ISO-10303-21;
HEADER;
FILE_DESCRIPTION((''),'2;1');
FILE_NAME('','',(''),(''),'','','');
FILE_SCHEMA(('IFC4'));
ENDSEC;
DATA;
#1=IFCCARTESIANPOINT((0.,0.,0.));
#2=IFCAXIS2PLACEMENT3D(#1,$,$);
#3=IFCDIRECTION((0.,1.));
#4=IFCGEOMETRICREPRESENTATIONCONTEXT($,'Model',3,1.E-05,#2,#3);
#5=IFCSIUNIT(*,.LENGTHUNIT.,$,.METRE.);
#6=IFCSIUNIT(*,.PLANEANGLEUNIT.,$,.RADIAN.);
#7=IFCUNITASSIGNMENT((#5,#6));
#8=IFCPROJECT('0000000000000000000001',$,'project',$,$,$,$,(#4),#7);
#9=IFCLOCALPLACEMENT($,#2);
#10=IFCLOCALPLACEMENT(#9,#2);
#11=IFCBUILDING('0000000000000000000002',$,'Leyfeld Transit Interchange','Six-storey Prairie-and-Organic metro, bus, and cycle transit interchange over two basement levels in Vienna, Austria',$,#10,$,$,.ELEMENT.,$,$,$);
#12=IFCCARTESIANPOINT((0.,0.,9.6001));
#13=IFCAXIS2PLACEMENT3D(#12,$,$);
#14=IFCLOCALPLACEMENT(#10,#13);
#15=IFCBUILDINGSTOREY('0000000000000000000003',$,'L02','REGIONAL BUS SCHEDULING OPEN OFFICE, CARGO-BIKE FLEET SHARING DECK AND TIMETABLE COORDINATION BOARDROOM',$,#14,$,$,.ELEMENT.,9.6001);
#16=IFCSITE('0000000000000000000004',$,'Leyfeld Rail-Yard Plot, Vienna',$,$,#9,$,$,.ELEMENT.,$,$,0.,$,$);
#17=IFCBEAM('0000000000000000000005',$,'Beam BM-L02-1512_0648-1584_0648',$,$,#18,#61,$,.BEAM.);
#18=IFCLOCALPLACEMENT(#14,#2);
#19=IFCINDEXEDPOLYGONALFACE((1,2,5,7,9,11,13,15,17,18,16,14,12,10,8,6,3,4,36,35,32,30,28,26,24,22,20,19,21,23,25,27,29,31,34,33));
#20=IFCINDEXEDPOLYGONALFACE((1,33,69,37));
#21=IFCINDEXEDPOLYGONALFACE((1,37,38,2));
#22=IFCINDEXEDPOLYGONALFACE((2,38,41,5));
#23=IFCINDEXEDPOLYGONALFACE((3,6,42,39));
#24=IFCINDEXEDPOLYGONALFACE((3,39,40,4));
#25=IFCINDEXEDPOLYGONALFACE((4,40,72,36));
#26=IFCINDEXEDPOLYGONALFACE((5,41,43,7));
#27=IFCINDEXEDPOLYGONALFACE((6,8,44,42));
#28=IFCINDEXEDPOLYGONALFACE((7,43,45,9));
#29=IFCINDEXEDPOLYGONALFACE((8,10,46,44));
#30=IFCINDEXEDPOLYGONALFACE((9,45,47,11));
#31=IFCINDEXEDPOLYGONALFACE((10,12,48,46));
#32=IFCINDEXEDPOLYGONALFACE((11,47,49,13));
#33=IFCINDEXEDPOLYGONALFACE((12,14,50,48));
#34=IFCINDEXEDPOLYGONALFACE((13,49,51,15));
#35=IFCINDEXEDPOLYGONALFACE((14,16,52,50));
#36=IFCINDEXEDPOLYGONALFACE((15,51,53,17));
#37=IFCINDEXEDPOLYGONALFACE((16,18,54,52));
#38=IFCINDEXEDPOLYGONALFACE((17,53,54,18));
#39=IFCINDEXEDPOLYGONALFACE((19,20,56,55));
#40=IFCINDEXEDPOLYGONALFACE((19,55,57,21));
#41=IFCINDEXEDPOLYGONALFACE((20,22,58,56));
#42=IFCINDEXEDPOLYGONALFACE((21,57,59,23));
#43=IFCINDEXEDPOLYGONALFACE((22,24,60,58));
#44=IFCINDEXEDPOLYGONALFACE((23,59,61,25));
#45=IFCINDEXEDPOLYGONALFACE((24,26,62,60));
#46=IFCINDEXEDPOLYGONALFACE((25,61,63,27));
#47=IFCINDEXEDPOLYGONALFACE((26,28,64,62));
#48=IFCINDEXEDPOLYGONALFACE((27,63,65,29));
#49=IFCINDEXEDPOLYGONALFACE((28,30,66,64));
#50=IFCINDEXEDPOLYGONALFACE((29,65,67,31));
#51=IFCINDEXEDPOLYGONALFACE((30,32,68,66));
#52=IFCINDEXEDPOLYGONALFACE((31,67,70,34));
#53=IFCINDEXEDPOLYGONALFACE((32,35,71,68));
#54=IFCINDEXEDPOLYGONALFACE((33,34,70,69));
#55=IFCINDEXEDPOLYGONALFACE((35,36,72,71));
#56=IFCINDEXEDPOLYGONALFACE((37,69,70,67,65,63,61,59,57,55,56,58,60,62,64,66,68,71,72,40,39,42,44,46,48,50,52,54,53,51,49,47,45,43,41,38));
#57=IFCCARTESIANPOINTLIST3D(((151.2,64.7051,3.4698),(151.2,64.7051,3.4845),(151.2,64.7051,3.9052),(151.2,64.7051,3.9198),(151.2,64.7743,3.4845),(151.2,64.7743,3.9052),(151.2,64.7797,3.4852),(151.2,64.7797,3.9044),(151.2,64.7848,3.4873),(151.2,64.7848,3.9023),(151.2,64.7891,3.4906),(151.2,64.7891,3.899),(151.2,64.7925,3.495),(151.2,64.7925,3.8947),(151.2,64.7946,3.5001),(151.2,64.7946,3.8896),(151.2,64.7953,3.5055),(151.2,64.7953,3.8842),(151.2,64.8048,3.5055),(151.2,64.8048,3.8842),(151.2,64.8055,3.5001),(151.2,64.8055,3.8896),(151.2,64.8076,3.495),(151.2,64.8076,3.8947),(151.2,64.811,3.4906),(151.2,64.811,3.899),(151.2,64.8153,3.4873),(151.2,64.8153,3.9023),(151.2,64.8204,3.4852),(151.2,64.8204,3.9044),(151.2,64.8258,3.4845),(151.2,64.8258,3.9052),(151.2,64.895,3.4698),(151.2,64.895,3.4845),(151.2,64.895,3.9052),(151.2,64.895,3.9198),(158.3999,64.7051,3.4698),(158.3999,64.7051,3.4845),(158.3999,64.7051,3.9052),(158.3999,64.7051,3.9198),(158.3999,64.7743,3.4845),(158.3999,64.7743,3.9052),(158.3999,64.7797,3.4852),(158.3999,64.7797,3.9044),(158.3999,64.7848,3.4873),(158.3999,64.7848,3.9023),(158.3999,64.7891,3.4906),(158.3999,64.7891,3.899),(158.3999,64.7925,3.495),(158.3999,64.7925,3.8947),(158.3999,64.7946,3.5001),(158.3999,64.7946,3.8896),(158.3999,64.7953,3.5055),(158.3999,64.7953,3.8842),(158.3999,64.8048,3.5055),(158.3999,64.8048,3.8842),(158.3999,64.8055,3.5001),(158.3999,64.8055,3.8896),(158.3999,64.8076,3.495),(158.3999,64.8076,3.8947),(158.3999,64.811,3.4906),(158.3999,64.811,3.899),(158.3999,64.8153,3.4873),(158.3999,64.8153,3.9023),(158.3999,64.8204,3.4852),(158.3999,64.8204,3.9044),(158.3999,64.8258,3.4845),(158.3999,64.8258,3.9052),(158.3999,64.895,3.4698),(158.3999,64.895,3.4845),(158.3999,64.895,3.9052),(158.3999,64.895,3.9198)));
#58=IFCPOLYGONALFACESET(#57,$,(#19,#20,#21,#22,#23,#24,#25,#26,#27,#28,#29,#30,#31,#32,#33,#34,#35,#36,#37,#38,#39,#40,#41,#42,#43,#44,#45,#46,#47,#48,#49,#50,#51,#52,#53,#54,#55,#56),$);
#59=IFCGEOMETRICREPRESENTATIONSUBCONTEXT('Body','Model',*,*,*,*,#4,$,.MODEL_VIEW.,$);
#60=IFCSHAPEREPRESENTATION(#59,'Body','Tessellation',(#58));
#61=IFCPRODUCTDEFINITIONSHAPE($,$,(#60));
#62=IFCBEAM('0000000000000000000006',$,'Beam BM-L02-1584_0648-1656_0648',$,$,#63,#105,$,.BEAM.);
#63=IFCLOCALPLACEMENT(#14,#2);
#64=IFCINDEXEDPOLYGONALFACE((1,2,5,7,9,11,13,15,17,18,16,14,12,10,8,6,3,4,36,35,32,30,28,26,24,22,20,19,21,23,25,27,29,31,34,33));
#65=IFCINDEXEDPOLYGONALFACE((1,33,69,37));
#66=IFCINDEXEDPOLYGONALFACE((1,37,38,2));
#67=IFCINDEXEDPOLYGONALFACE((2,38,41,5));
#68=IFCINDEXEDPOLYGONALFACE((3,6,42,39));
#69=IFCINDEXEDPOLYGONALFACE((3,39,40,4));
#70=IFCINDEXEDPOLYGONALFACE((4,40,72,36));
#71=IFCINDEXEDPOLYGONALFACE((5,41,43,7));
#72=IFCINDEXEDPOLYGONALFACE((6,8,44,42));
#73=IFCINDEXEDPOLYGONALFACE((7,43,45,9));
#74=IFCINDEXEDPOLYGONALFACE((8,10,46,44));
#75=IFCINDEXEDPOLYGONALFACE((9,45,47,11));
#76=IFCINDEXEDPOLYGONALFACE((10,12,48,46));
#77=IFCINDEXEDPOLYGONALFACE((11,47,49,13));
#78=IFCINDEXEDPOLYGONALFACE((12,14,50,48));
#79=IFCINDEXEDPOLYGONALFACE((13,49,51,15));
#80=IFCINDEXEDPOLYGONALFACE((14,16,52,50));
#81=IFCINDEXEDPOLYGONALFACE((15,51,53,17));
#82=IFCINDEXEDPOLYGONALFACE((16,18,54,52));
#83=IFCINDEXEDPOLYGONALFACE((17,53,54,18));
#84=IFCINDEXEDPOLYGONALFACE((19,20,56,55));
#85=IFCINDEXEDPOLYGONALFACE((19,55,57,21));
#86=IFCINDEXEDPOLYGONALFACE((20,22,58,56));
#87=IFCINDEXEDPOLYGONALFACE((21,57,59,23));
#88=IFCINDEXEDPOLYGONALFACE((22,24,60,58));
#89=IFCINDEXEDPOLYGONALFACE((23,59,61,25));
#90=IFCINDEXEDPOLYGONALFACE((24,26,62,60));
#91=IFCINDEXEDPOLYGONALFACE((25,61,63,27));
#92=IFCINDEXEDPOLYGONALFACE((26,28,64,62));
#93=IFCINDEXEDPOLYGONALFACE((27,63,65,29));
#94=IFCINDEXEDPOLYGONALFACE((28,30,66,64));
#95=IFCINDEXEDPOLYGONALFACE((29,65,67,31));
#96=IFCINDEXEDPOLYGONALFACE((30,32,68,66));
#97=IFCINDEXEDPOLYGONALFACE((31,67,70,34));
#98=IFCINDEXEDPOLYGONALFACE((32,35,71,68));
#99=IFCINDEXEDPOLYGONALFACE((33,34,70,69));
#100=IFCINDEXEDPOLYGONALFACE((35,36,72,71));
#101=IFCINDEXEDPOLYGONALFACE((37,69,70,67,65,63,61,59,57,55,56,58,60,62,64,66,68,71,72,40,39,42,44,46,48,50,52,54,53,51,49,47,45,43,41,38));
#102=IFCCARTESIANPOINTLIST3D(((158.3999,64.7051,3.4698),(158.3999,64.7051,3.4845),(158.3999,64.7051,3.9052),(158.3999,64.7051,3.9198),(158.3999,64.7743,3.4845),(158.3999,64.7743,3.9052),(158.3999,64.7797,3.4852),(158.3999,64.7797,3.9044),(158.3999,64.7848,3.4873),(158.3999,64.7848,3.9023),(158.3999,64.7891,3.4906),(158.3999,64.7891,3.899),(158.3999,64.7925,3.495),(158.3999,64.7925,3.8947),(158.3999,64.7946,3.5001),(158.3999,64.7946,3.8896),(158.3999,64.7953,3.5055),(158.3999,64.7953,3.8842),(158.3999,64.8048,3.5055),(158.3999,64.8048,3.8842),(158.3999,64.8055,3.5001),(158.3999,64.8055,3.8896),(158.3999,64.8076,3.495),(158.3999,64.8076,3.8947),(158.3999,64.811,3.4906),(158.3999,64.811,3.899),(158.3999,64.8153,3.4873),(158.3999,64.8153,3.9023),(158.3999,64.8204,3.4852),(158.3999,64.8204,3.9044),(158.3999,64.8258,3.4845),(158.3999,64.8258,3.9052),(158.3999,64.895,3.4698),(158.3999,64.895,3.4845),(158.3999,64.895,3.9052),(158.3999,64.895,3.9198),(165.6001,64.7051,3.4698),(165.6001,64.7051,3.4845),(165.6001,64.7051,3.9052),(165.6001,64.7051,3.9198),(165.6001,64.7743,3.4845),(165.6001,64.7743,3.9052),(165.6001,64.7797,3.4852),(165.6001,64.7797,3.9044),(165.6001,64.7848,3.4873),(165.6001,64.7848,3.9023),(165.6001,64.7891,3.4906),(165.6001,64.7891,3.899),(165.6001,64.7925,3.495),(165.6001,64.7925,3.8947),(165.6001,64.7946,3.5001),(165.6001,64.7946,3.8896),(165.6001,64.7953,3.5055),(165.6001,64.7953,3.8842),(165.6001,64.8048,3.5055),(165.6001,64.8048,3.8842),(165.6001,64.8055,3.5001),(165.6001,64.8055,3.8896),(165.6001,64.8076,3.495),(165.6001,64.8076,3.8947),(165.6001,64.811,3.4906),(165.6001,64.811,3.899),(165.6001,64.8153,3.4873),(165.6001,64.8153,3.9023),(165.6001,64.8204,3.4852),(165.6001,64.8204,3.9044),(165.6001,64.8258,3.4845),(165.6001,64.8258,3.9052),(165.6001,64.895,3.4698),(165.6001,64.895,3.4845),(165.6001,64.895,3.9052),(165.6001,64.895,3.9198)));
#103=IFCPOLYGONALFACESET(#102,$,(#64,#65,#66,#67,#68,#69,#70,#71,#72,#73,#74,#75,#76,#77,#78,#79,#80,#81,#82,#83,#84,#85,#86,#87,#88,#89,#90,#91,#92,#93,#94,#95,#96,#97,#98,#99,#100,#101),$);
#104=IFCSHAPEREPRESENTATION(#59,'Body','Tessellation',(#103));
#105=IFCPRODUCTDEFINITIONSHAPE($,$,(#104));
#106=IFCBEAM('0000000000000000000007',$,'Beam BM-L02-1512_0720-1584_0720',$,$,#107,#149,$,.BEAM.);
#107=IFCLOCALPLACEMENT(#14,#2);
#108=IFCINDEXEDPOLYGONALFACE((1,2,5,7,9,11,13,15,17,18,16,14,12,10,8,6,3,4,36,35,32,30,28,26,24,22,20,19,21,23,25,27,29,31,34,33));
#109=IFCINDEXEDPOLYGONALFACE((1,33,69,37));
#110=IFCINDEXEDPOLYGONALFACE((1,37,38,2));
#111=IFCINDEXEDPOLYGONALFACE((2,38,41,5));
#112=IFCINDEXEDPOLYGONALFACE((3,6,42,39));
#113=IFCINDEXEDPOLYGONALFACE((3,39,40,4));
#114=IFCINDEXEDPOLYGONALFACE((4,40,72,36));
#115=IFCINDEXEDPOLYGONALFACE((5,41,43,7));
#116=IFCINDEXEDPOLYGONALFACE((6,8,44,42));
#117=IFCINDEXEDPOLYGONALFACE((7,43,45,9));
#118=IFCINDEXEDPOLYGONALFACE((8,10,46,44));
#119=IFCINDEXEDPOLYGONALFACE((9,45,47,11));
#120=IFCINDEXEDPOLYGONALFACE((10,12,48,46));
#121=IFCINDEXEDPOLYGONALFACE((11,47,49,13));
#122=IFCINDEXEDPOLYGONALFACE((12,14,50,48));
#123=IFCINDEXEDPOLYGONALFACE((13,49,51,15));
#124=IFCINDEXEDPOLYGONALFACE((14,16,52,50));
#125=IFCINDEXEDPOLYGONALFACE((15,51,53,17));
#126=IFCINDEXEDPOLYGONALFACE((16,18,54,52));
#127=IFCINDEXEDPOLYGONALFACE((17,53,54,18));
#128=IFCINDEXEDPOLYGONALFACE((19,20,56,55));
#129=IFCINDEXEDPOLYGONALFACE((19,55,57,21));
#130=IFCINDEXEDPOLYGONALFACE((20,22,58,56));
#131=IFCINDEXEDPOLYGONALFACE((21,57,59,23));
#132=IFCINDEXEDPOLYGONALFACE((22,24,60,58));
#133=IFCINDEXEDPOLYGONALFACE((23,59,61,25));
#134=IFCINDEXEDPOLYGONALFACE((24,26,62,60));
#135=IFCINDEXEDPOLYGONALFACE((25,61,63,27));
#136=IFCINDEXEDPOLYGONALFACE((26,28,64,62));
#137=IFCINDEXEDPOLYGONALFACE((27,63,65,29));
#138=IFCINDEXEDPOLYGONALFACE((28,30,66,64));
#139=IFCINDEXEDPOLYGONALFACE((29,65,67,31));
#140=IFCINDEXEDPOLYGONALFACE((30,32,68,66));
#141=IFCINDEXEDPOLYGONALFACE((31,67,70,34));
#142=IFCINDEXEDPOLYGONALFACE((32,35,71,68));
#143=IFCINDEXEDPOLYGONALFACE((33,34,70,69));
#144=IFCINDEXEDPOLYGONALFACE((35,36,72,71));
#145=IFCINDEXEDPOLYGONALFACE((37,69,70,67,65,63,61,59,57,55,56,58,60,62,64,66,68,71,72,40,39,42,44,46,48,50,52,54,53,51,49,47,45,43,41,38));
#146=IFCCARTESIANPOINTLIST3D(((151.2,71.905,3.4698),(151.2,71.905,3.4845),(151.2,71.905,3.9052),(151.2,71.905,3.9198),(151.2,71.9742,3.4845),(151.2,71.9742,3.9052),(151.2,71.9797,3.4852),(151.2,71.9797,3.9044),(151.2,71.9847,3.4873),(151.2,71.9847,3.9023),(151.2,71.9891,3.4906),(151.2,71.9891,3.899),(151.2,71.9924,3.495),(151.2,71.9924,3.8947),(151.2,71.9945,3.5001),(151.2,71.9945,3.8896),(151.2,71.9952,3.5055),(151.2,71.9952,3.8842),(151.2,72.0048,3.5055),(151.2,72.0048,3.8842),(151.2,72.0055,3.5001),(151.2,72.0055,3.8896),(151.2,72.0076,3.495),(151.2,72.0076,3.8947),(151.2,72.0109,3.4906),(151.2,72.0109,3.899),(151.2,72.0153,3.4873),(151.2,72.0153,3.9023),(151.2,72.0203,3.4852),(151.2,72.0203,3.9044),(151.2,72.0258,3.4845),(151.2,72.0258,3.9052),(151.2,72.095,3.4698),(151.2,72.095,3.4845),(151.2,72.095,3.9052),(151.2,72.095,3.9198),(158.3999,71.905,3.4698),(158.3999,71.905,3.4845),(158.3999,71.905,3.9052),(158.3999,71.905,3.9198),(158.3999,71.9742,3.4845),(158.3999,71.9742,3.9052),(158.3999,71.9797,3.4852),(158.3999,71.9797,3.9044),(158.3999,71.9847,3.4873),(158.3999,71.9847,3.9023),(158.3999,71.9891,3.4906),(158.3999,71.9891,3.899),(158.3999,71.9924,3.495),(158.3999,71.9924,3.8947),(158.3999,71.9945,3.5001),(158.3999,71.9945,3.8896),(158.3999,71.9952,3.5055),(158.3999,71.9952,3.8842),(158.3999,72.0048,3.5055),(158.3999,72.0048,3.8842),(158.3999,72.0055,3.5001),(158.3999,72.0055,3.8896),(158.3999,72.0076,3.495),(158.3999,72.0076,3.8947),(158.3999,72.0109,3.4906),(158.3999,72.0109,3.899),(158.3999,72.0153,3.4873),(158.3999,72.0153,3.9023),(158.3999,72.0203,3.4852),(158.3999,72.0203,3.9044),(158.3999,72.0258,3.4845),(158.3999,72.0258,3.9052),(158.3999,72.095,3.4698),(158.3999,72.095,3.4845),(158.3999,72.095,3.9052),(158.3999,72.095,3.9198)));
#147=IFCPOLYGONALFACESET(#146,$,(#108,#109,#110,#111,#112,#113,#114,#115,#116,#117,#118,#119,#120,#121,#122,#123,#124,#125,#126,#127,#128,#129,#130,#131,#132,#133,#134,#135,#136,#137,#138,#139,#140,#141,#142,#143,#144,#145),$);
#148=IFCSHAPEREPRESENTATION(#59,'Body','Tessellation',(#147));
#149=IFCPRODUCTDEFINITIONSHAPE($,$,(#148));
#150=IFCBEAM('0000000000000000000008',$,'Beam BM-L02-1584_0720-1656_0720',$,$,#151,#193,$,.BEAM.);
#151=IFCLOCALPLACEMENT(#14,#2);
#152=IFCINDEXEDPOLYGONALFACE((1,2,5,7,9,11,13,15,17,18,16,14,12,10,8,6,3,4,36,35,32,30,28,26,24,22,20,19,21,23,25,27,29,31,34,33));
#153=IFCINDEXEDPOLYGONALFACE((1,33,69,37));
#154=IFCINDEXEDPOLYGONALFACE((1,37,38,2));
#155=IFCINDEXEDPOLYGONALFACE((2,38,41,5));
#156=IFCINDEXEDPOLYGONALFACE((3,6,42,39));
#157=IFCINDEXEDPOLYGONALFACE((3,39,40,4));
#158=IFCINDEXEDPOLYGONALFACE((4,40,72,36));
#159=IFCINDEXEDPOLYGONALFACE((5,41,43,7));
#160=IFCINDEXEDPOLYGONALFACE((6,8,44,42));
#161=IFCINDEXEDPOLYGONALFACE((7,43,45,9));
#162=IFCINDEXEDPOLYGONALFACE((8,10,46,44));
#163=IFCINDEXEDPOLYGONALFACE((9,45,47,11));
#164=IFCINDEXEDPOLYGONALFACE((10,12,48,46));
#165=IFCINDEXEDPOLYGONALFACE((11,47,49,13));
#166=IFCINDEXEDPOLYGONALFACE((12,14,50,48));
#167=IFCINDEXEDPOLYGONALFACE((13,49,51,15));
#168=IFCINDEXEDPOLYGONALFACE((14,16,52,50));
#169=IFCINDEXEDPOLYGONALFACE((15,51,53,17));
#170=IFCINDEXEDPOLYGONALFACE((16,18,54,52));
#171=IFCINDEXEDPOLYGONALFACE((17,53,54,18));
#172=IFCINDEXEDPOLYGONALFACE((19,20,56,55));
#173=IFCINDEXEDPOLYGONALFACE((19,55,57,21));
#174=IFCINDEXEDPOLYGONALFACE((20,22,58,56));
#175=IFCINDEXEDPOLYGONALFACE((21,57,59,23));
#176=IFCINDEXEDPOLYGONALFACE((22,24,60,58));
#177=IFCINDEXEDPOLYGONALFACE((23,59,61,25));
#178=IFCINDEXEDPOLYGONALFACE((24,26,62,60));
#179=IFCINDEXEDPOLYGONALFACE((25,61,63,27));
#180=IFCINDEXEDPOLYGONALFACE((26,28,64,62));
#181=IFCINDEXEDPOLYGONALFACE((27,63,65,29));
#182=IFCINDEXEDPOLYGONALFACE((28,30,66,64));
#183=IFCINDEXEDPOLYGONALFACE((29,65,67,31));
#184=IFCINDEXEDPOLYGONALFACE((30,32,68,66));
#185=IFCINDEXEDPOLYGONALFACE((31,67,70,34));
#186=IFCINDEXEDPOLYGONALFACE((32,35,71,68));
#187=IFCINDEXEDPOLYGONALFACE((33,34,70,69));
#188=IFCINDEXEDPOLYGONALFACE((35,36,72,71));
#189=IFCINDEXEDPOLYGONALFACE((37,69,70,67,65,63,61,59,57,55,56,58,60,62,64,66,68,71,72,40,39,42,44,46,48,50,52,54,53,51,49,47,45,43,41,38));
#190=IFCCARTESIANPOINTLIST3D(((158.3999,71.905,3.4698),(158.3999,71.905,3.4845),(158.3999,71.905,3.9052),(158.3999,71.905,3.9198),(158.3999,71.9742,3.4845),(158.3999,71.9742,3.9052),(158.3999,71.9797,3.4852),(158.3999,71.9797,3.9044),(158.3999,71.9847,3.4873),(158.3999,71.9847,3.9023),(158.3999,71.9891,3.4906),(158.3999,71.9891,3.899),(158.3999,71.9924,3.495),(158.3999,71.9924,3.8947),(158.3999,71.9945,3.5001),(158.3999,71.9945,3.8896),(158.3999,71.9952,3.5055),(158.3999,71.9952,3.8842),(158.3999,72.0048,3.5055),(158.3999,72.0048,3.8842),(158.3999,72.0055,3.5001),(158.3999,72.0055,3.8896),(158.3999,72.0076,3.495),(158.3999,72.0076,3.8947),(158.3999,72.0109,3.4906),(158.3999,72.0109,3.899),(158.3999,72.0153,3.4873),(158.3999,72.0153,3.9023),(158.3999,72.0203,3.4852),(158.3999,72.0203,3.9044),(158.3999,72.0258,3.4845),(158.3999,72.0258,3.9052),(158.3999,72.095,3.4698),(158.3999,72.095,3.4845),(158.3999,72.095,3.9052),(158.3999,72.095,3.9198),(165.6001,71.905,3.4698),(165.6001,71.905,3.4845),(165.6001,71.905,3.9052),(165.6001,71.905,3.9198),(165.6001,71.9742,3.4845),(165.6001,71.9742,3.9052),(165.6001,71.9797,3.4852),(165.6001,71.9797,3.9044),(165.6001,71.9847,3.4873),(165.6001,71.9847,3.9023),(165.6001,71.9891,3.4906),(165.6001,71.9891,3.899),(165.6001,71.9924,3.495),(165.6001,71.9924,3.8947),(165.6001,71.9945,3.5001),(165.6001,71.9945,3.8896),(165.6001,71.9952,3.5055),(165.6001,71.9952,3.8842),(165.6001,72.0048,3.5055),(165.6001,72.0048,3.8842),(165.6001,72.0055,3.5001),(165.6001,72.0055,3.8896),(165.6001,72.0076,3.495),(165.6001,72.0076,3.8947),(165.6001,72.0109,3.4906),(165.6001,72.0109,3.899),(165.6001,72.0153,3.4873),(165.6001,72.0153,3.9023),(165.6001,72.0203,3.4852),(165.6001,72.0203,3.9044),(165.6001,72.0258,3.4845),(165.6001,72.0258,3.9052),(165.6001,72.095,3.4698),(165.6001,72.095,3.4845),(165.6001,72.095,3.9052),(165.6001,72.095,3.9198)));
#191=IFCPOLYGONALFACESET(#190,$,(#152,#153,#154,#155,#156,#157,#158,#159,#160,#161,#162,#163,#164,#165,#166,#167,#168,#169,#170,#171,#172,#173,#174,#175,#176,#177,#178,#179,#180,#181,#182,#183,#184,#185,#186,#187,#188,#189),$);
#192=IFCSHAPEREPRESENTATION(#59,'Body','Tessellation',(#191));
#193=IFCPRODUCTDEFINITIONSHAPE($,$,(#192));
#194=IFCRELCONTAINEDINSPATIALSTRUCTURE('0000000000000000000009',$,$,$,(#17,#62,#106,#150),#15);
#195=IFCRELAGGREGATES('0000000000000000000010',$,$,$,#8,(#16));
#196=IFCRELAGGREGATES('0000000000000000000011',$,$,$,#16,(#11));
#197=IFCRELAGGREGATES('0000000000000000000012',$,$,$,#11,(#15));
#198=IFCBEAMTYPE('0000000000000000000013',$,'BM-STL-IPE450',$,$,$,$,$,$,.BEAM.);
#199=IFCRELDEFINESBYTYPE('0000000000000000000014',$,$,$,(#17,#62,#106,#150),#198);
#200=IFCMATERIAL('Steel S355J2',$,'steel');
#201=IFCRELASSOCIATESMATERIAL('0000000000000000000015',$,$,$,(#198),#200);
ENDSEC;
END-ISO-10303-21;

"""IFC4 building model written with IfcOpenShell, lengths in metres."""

from ifc_helpers import new_model, si_unit, direction, frame, origin, origin_2d, place, context, subcontext, project, spatial, i_section, extrude, material, material_profile, profile_set, type_object, element, save


model = new_model("IFC4")

# Units and contexts
model_context = context("Model", 3, precision=1e-05, world=origin(), true_north=direction((0.0, 1.0)))
body_context = subcontext(model_context, "Body", "Model", "MODEL_VIEW")
ifc_project = project(units=[si_unit("LENGTHUNIT", "METRE"), si_unit("PLANEANGLEUNIT", "RADIAN")], contexts=[model_context])

# Site, building, storey
site_placement = place(None, origin())
site = spatial("IfcSite", under=ifc_project, at=site_placement, Name="Leyfeld Rail-Yard Plot, Vienna", CompositionType="ELEMENT", RefElevation=0.0)
building_placement = place(site_placement, origin())
building = spatial("IfcBuilding", under=site, at=building_placement, Name="Leyfeld Transit Interchange", Description="Six-storey Prairie-and-Organic metro, bus, and cycle transit interchange over two basement levels in Vienna, Austria", CompositionType="ELEMENT")
storey_placement = place(building_placement, frame((0.0, 0.0, 9.6001)))
storey = spatial("IfcBuildingStorey", under=building, at=storey_placement, Name="L02", Description="REGIONAL BUS SCHEDULING OPEN OFFICE, CARGO-BIKE FLEET SHARING DECK AND TIMETABLE COORDINATION BOARDROOM", CompositionType="ELEMENT", Elevation=9.6001)

# Beams
ifc_material_1 = material(Name="Steel S355J2", Category="steel")
ifc_material_profile_1 = material_profile(ifc_material_1, i_section(OverallWidth=0.1899, OverallDepth=0.45, WebThickness=0.0095, FlangeThickness=0.0146, FilletRadius=0.021, at=origin_2d()), Name="IPE 450")
ifc_profile_set_1 = profile_set([ifc_material_profile_1], Name="Steel S355J2")
beam_type_1 = type_object("IfcBeamType", Name="BM-STL-IPE450", PredefinedType="BEAM", material=ifc_profile_set_1)
beam_1_placement = place(storey_placement, frame((151.2, 64.8, 3.6948), z_axis=(1.0, 0.0, 0.0), x_axis=(0.0, 1.0, 0.0)))
element("IfcBeam", 1, at=beam_1_placement, inside=storey, type_object=beam_type_1, Name="Beam BM-L02-1512_0648-1584_0648", PredefinedType="BEAM", context=body_context, shape_type="SweptSolid", body=[
    extrude(i_section(OverallWidth=0.1899, OverallDepth=0.45, WebThickness=0.0095, FlangeThickness=0.0146, FilletRadius=0.021, at=origin_2d()), origin(), (0.0, 0.0, 1.0), 7.2),
])
beam_2_placement = place(storey_placement, frame((158.3999, 64.8, 3.6948), z_axis=(1.0, 0.0, 0.0), x_axis=(0.0, 1.0, 0.0)))
element("IfcBeam", 2, at=beam_2_placement, inside=storey, type_object=beam_type_1, Name="Beam BM-L02-1584_0648-1656_0648", PredefinedType="BEAM", context=body_context, shape_type="SweptSolid", body=[
    extrude(i_section(OverallWidth=0.1899, OverallDepth=0.45, WebThickness=0.0095, FlangeThickness=0.0146, FilletRadius=0.021, at=origin_2d()), origin(), (0.0, 0.0, 1.0), 7.2002),
])
beam_3_placement = place(storey_placement, frame((151.2, 72.0, 3.6948), z_axis=(1.0, 0.0, 0.0), x_axis=(0.0, 1.0, 0.0)))
element("IfcBeam", 3, at=beam_3_placement, inside=storey, type_object=beam_type_1, Name="Beam BM-L02-1512_0720-1584_0720", PredefinedType="BEAM", context=body_context, shape_type="SweptSolid", body=[
    extrude(i_section(OverallWidth=0.1899, OverallDepth=0.45, WebThickness=0.0095, FlangeThickness=0.0146, FilletRadius=0.021, at=origin_2d()), origin(), (0.0, 0.0, 1.0), 7.2),
])
beam_4_placement = place(storey_placement, frame((158.3999, 72.0, 3.6948), z_axis=(1.0, 0.0, 0.0), x_axis=(0.0, 1.0, 0.0)))
element("IfcBeam", 4, at=beam_4_placement, inside=storey, type_object=beam_type_1, Name="Beam BM-L02-1584_0720-1656_0720", PredefinedType="BEAM", context=body_context, shape_type="SweptSolid", body=[
    extrude(i_section(OverallWidth=0.1899, OverallDepth=0.45, WebThickness=0.0095, FlangeThickness=0.0146, FilletRadius=0.021, at=origin_2d()), origin(), (0.0, 0.0, 1.0), 7.2002),
])

save(model, "model.ifc")
